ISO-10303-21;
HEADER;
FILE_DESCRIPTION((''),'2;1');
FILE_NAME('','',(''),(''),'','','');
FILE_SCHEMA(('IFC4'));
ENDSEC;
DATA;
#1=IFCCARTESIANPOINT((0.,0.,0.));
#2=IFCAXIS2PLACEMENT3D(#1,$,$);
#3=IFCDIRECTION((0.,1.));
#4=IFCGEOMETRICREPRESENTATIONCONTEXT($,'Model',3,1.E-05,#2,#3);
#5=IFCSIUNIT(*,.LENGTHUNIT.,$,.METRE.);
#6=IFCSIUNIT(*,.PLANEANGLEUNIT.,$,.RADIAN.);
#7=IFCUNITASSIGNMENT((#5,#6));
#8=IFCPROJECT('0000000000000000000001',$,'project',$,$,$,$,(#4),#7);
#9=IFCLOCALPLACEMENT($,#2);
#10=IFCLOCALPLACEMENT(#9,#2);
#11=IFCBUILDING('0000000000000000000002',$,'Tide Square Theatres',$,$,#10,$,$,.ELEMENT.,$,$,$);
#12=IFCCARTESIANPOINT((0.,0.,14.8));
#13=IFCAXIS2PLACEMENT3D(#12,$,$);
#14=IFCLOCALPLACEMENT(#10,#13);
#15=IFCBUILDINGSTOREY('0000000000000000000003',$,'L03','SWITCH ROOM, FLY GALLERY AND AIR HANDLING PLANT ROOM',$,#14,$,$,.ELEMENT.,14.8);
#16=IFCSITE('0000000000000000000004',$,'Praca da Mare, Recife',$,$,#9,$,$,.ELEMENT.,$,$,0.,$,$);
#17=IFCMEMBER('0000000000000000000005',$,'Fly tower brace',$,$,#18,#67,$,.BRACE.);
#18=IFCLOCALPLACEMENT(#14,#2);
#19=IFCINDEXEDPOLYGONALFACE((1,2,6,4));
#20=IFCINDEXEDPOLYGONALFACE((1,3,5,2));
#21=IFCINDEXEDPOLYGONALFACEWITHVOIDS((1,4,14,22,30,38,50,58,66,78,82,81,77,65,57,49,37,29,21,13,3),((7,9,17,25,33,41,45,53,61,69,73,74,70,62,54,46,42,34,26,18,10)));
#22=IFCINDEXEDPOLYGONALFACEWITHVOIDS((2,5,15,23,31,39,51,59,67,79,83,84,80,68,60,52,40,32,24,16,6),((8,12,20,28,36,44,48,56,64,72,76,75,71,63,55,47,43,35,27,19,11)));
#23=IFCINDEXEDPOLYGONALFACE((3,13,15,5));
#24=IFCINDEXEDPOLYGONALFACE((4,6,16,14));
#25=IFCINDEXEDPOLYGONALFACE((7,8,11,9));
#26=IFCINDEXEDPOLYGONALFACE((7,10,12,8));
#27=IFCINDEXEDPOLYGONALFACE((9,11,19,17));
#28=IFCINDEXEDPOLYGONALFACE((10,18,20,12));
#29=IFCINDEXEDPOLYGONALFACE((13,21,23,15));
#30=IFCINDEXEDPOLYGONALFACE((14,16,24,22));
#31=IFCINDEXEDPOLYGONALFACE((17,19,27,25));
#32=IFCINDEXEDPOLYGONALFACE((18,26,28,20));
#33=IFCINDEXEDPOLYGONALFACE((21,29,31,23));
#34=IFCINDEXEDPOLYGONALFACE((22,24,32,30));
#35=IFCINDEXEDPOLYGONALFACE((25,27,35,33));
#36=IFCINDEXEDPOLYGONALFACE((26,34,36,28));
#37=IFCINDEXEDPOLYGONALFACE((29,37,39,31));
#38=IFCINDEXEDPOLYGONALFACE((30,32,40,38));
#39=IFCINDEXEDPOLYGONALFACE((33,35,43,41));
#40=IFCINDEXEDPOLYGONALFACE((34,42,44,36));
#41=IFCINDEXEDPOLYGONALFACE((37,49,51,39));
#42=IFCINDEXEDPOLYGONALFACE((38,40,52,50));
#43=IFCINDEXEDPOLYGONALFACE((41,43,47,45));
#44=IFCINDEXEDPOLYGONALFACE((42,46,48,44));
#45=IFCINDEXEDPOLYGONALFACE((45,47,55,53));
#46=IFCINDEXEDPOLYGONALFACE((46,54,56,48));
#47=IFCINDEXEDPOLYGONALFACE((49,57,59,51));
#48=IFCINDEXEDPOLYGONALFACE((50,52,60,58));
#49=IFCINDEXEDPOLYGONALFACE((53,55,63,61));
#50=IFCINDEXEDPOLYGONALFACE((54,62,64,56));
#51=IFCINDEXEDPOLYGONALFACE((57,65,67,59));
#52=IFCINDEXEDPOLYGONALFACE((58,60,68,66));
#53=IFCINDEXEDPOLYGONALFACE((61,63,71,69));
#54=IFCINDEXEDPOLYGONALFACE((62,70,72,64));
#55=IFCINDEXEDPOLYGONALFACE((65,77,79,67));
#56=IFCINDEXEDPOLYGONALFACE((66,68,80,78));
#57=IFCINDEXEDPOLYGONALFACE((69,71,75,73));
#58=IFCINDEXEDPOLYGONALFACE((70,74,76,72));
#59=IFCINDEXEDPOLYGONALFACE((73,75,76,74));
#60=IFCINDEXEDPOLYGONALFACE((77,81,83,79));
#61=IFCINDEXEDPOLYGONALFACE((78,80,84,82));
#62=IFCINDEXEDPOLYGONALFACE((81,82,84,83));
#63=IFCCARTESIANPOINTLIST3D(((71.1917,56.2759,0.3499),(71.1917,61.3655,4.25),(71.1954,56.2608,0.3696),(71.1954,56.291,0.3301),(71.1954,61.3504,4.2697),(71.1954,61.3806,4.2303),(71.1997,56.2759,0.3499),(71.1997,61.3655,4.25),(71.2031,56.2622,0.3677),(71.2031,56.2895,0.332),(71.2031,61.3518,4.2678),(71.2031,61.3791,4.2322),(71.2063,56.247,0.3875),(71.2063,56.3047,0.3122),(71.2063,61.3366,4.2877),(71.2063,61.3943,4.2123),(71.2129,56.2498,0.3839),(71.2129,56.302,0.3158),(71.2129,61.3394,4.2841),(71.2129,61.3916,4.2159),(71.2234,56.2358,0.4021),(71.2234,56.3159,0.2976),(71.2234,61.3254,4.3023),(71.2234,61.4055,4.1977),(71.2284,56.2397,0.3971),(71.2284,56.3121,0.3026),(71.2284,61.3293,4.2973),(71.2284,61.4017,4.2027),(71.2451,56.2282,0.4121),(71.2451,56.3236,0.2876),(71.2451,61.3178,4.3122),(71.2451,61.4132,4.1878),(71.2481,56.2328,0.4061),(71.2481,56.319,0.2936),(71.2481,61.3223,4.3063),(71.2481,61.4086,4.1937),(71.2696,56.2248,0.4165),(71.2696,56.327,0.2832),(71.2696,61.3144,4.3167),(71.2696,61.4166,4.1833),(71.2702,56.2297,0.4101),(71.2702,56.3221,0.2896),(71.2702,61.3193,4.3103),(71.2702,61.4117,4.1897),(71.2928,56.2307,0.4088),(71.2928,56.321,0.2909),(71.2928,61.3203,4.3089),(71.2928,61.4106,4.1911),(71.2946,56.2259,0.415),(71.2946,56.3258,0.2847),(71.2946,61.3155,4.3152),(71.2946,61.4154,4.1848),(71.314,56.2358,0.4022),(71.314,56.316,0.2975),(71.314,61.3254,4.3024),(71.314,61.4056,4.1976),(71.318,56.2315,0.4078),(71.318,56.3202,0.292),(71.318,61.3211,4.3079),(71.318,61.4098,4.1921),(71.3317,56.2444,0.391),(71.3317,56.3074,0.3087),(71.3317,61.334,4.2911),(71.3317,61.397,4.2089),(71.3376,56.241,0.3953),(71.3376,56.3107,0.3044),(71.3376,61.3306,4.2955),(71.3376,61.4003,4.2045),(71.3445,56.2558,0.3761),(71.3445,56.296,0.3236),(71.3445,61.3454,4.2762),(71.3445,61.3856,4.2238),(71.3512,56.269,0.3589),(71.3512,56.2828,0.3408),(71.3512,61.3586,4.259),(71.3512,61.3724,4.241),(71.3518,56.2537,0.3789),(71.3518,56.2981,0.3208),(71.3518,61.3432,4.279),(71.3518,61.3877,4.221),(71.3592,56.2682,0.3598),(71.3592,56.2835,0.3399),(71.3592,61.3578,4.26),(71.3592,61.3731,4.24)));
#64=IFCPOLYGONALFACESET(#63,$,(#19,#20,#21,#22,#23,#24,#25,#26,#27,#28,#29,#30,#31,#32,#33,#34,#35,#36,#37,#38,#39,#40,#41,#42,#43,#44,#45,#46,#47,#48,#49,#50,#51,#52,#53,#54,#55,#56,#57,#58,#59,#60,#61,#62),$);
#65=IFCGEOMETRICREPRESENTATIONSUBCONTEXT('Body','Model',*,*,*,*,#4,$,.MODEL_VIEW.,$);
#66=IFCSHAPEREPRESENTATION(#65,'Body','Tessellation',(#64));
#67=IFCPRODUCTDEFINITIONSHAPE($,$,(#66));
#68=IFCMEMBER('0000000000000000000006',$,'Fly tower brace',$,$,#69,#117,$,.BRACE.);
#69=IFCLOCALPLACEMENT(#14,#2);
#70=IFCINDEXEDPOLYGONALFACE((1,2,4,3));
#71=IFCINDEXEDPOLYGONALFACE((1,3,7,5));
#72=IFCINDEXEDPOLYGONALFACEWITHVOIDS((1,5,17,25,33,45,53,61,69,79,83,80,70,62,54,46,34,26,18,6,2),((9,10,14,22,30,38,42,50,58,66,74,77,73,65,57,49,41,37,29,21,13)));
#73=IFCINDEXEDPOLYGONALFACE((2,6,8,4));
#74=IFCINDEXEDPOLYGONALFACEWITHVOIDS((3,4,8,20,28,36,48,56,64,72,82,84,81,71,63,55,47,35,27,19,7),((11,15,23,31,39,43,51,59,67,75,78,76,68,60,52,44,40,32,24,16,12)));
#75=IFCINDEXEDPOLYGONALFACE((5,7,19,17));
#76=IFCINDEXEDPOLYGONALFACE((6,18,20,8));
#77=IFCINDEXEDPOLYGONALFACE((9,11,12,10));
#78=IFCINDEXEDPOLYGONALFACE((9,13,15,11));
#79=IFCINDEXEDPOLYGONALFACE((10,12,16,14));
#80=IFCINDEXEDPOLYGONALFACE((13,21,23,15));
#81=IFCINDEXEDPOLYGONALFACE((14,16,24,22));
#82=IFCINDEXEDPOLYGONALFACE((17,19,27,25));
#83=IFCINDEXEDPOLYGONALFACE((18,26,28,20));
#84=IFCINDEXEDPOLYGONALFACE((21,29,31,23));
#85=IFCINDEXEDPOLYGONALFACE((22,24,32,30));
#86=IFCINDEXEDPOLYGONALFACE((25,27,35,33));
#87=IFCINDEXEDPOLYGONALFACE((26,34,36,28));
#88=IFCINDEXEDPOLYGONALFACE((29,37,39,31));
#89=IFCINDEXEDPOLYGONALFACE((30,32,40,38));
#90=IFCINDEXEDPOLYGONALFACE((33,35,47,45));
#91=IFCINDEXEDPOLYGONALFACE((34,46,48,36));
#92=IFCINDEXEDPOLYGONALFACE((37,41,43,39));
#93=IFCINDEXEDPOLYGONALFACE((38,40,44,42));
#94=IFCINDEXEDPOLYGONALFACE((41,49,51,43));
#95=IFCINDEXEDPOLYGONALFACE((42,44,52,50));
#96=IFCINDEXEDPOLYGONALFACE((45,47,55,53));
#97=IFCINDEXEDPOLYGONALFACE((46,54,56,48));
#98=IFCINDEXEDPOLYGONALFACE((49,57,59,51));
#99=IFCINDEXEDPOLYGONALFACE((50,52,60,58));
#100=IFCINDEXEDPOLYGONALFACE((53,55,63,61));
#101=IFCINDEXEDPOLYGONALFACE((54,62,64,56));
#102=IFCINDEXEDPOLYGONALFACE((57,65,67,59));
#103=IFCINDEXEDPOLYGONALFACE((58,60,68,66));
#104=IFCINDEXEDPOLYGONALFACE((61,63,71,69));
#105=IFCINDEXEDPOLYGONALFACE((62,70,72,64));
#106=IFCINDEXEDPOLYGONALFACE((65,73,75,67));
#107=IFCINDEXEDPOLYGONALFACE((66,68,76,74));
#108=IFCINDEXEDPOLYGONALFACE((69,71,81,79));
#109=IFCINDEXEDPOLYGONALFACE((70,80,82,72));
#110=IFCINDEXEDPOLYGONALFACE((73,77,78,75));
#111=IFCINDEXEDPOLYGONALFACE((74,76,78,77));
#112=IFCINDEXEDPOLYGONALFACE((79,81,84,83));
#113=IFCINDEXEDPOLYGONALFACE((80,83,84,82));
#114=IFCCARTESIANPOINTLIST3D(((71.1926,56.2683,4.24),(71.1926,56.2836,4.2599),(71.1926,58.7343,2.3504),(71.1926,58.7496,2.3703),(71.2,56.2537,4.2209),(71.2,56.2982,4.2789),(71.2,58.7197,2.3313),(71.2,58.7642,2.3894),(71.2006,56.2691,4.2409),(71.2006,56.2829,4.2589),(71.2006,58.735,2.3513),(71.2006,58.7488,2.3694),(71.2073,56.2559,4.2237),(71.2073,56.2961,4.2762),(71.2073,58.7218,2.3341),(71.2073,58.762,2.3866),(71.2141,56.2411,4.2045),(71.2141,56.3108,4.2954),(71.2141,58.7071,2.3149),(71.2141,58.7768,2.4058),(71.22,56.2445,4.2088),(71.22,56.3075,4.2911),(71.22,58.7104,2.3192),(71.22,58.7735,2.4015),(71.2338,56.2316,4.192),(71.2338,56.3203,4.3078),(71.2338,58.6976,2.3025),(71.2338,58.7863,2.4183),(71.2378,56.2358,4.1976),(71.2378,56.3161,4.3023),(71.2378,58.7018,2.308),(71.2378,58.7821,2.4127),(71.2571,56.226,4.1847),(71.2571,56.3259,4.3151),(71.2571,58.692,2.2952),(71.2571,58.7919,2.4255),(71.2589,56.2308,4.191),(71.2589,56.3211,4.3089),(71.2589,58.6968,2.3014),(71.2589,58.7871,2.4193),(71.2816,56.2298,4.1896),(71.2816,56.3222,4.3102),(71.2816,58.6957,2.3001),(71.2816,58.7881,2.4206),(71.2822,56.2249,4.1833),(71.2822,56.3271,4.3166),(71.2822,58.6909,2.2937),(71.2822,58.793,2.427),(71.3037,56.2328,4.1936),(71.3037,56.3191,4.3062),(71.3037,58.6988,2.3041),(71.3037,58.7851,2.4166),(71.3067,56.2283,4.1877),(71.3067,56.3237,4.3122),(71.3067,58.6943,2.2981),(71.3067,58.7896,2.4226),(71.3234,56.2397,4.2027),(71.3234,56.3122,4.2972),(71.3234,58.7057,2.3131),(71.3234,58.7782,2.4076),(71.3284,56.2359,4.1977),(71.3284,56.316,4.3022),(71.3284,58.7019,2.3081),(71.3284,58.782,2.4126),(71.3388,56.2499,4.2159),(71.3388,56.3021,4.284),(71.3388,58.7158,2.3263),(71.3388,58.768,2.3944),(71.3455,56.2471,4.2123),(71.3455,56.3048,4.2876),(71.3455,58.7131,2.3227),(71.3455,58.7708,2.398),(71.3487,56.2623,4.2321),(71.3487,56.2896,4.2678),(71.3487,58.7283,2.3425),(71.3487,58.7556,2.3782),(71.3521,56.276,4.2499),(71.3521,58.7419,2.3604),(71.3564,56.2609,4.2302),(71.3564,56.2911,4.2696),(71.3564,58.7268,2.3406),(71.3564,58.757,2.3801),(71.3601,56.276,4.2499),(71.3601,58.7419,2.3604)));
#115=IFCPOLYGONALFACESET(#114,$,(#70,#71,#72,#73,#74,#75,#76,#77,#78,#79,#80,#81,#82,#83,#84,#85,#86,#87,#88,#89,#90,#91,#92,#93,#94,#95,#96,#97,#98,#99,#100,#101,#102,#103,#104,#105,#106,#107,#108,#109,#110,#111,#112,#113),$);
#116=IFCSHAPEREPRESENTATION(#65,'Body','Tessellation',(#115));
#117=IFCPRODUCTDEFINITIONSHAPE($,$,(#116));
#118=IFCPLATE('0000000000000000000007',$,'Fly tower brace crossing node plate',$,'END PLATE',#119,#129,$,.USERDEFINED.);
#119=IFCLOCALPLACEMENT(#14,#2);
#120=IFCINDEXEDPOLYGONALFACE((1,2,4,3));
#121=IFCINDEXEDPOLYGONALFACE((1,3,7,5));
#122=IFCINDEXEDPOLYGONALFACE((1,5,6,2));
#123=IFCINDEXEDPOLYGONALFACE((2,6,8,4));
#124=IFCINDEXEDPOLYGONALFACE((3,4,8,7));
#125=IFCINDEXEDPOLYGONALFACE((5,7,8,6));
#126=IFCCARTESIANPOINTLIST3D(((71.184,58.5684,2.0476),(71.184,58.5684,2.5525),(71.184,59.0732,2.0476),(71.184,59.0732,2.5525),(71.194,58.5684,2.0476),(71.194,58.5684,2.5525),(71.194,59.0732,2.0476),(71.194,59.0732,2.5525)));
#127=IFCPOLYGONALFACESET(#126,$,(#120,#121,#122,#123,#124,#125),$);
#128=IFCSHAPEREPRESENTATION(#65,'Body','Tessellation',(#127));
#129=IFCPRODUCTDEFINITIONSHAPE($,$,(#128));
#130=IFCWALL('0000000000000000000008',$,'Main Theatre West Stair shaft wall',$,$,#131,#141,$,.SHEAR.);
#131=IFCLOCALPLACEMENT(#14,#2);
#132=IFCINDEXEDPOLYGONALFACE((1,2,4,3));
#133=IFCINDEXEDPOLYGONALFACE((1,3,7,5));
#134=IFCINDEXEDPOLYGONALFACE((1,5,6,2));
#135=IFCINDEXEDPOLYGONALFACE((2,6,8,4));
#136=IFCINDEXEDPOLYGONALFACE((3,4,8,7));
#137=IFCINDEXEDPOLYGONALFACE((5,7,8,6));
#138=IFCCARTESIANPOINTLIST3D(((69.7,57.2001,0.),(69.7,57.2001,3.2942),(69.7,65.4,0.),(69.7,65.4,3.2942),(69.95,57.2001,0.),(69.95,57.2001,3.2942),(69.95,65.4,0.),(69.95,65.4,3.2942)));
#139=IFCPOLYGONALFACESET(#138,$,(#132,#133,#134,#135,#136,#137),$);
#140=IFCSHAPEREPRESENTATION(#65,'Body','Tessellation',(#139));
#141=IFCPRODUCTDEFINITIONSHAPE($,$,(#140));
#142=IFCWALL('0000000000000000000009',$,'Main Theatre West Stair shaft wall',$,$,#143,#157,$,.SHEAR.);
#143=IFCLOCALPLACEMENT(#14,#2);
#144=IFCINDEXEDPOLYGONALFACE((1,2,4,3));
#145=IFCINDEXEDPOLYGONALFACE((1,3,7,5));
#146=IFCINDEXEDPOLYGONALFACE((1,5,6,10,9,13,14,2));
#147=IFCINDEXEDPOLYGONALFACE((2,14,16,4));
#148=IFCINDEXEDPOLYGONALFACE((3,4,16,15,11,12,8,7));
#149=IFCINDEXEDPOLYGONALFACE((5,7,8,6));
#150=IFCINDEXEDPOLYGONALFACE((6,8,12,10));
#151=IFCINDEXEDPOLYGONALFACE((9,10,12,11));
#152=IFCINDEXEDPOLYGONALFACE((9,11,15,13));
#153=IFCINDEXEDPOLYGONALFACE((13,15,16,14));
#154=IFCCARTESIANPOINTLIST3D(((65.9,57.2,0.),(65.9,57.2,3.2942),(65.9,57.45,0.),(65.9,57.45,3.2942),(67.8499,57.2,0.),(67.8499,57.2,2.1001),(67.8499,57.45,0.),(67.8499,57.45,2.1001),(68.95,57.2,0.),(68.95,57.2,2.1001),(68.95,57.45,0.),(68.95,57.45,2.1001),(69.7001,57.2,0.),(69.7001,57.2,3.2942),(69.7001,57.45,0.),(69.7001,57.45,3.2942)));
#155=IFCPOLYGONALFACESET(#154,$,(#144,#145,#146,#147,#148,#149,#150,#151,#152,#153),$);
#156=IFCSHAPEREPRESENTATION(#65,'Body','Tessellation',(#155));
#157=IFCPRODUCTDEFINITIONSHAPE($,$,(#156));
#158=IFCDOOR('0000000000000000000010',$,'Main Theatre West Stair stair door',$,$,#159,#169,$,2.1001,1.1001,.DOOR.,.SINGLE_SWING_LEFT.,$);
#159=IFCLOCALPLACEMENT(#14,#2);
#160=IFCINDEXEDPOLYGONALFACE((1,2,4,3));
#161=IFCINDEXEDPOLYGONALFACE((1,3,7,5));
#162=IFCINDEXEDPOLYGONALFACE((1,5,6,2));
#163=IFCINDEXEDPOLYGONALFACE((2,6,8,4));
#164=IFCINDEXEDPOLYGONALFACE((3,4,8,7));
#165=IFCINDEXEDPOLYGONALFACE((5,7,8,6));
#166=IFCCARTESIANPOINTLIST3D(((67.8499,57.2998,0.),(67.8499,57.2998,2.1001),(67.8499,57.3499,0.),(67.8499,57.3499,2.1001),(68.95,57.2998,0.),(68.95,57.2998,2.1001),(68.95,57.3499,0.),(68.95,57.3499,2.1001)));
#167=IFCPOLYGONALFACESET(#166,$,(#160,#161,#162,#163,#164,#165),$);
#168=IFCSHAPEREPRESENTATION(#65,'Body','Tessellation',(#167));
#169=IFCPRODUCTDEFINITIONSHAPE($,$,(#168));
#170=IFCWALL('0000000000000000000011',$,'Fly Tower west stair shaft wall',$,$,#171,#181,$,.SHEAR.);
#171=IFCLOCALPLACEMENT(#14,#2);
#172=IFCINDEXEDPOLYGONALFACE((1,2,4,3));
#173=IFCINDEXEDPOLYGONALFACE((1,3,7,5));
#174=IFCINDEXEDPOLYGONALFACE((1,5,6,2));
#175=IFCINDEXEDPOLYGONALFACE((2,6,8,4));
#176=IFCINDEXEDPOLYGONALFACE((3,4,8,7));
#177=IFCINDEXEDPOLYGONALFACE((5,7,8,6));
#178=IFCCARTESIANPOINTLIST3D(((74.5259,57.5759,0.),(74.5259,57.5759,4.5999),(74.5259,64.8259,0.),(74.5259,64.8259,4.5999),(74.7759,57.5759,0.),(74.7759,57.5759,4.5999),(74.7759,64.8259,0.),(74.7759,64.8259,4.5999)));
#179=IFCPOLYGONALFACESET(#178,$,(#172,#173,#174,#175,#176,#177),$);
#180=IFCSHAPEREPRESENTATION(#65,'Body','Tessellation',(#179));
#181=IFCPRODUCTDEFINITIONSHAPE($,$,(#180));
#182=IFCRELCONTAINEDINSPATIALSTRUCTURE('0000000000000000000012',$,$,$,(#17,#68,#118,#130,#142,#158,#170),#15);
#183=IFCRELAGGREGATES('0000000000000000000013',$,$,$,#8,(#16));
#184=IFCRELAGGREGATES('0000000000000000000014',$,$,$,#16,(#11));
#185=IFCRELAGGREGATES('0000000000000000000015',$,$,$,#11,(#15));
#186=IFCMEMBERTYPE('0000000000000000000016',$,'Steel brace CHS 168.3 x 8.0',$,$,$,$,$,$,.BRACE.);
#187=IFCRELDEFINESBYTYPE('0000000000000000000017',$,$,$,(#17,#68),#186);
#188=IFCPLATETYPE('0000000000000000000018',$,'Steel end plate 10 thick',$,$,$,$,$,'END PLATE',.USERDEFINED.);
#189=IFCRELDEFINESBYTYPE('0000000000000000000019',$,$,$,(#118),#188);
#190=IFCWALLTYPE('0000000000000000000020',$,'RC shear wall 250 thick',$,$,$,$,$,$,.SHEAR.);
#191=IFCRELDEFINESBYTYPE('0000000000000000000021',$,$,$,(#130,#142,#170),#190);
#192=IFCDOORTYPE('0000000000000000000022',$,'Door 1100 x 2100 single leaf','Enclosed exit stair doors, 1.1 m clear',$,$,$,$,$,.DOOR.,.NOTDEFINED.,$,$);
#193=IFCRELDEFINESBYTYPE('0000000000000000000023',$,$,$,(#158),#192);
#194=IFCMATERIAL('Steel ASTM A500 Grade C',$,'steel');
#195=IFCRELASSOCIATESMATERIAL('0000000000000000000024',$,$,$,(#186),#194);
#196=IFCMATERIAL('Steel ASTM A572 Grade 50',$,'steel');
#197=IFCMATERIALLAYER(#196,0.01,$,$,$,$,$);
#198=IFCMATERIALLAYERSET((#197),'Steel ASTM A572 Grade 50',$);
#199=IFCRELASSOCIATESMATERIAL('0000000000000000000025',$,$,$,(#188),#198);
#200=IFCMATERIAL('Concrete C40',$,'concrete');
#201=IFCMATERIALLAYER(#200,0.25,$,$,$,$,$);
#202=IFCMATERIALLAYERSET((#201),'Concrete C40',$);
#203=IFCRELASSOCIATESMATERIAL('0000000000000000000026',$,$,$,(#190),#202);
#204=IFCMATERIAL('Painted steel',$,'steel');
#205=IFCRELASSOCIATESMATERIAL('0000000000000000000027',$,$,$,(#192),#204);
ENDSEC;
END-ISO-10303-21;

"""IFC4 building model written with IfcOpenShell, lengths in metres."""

from ifc_helpers import new_model, si_unit, direction, frame, frame_2d, origin, origin_2d, place, context, subcontext, project, spatial, rectangle, hollow_circle, extrude, material, layer, layer_set, material_profile, profile_set, type_object, element, fill, save


model = new_model("IFC4")

# Units and contexts
model_context = context("Model", 3, precision=1e-05, world=origin(), true_north=direction((0.0, 1.0)))
body_context = subcontext(model_context, "Body", "Model", "MODEL_VIEW")
ifc_project = project(units=[si_unit("LENGTHUNIT", "METRE"), si_unit("PLANEANGLEUNIT", "RADIAN")], contexts=[model_context])

# Site, building, storey
site_placement = place(None, origin())
site = spatial("IfcSite", under=ifc_project, at=site_placement, Name="Praca da Mare, Recife", CompositionType="ELEMENT", RefElevation=0.0)
building_placement = place(site_placement, origin())
building = spatial("IfcBuilding", under=site, at=building_placement, Name="Tide Square Theatres", CompositionType="ELEMENT")
storey_placement = place(building_placement, frame((0.0, 0.0, 14.8)))
storey = spatial("IfcBuildingStorey", under=building, at=storey_placement, Name="L03", Description="SWITCH ROOM, FLY GALLERY AND AIR HANDLING PLANT ROOM", CompositionType="ELEMENT", Elevation=14.8)

# Members
ifc_material_1 = material(Name="Steel ASTM A500 Grade C", Category="steel")
ifc_material_profile_1 = material_profile(ifc_material_1, hollow_circle(Radius=0.0842, WallThickness=0.0081, at=origin_2d()))
ifc_profile_set_1 = profile_set([ifc_material_profile_1], Name="Steel ASTM A500 Grade C")
member_type = type_object("IfcMemberType", Name="Steel brace CHS 168.3 x 8.0", PredefinedType="BRACE", material=ifc_profile_set_1)
member_1_placement = place(storey_placement, frame((71.2759, 56.2759, 0.3499), z_axis=(0.0, 0.793748, 0.608247), x_axis=(-1.0, 0.0, 0.0)))
element("IfcMember", 1, at=member_1_placement, inside=storey, type_object=member_type, Name="Fly tower brace", PredefinedType="BRACE", context=body_context, shape_type="SweptSolid", body=[
    extrude(hollow_circle(Radius=0.0842, WallThickness=0.0081, at=origin_2d()), origin(), (0.0, 0.0, 1.0), 6.4121),
])
member_2_placement = place(storey_placement, frame((71.2759, 58.7419, 2.3604), z_axis=(0.0, -0.793762, 0.608229), x_axis=(1.0, 0.0, 0.0)))
element("IfcMember", 2, at=member_2_placement, inside=storey, type_object=member_type, Name="Fly tower brace", PredefinedType="BRACE", context=body_context, shape_type="SweptSolid", body=[
    extrude(hollow_circle(Radius=0.0842, WallThickness=0.0081, at=origin_2d()), origin(), (0.0, 0.0, 1.0), 3.1067),
])

# Plate
ifc_material_2 = material(Name="Steel ASTM A572 Grade 50", Category="steel")
ifc_layer_1 = layer(ifc_material_2, 0.01)
ifc_layer_set_1 = layer_set([ifc_layer_1], Name="Steel ASTM A572 Grade 50")
plate_type = type_object("IfcPlateType", Name="Steel end plate 10 thick", ElementType="END PLATE", PredefinedType="USERDEFINED", material=ifc_layer_set_1)
plate_placement = place(storey_placement, frame((71.189, 58.8208, 2.0476), z_axis=(0.0, 0.0, 1.0), x_axis=(-1.0, 0.0, 0.0)))
element("IfcPlate", 3, at=plate_placement, inside=storey, type_object=plate_type, Name="Fly tower brace crossing node plate", ObjectType="END PLATE", PredefinedType="USERDEFINED", context=body_context, shape_type="SweptSolid", body=[
    extrude(rectangle(XDim=0.01, YDim=0.5049, at=origin_2d()), origin(), (0.0, 0.0, 1.0), 0.5049),
])

# Wall
ifc_material_3 = material(Name="Concrete C40", Category="concrete")
ifc_layer_2 = layer(ifc_material_3, 0.25)
ifc_layer_set_2 = layer_set([ifc_layer_2], Name="Concrete C40")
wall_type = type_object("IfcWallType", Name="RC shear wall 250 thick", PredefinedType="SHEAR", material=ifc_layer_set_2)
wall_1_placement = place(storey_placement, frame((69.825, 57.2, 0.0), z_axis=(0.0, 0.0, 1.0), x_axis=(0.0, 1.0, 0.0)))
element("IfcWall", 4, at=wall_1_placement, inside=storey, type_object=wall_type, Name="Main Theatre West Stair shaft wall", PredefinedType="SHEAR", context=body_context, shape_type="SweptSolid", body=[
    extrude(rectangle(XDim=8.2, YDim=0.25, at=frame_2d((4.1001, 0.0))), origin(), (0.0, 0.0, 1.0), 3.2942),
])

# Wall, opening, door
wall_2_placement = place(storey_placement, frame((69.7, 57.325, 0.0), z_axis=(0.0, 0.0, 1.0), x_axis=(-1.0, 0.0, 0.0)))
wall_2 = element("IfcWall", 5, at=wall_2_placement, inside=storey, type_object=wall_type, Name="Main Theatre West Stair shaft wall", PredefinedType="SHEAR", context=body_context, shape_type="SweptSolid", body=[
    extrude(rectangle(XDim=3.8, YDim=0.25, at=frame_2d((1.8999, 0.0))), origin(), (0.0, 0.0, 1.0), 3.2942),
])
opening_1_placement = place(wall_2_placement, frame((0.75, 0.0, 0.0)))
opening_1 = element("IfcOpeningElement", 6, at=opening_1_placement, cuts=wall_2, PredefinedType="OPENING", context=body_context, shape_type="SweptSolid", body=[
    extrude(rectangle(XDim=1.1001, YDim=2.1001, at=frame_2d((0.55, 1.05))), frame((0.0, 0.135, 0.0), z_axis=(0.0, -1.0, 0.0), x_axis=(1.0, 0.0, 0.0)), (0.0, 0.0, 1.0), 0.27),
])
ifc_material_4 = material(Name="Painted steel", Category="steel")
door_type = type_object("IfcDoorType", Name="Door 1100 x 2100 single leaf", Description="Enclosed exit stair doors, 1.1 m clear", OperationType="NOTDEFINED", PredefinedType="DOOR", material=ifc_material_4)
door_1_placement = place(opening_1_placement, frame((1.1001, 0.0, 0.0), z_axis=(0.0, 0.0, 1.0), x_axis=(-1.0, 0.0, 0.0)))
door_1 = element("IfcDoor", 7, at=door_1_placement, inside=storey, type_object=door_type, Name="Main Theatre West Stair stair door", OperationType="SINGLE_SWING_LEFT", OverallHeight=2.1001, OverallWidth=1.1001, PredefinedType="DOOR", context=body_context, shape_type="SweptSolid", body=[
    extrude(rectangle(XDim=1.1001, YDim=2.1001, at=frame_2d((0.55, 1.05))), frame((0.0, 0.0249, 0.0), z_axis=(0.0, -1.0, 0.0), x_axis=(1.0, 0.0, 0.0)), (0.0, 0.0, 1.0), 0.05),
])
fill(opening_1, door_1)

# Wall
wall_3_placement = place(storey_placement, frame((74.6509, 57.5759, 0.0), z_axis=(0.0, 0.0, 1.0), x_axis=(0.0, 1.0, 0.0)))
element("IfcWall", 8, at=wall_3_placement, inside=storey, type_object=wall_type, Name="Fly Tower west stair shaft wall", PredefinedType="SHEAR", context=body_context, shape_type="SweptSolid", body=[
    extrude(rectangle(XDim=7.25, YDim=0.25, at=frame_2d((3.625, 0.0))), origin(), (0.0, 0.0, 1.0), 4.5999),
])

save(model, "model.ifc")
